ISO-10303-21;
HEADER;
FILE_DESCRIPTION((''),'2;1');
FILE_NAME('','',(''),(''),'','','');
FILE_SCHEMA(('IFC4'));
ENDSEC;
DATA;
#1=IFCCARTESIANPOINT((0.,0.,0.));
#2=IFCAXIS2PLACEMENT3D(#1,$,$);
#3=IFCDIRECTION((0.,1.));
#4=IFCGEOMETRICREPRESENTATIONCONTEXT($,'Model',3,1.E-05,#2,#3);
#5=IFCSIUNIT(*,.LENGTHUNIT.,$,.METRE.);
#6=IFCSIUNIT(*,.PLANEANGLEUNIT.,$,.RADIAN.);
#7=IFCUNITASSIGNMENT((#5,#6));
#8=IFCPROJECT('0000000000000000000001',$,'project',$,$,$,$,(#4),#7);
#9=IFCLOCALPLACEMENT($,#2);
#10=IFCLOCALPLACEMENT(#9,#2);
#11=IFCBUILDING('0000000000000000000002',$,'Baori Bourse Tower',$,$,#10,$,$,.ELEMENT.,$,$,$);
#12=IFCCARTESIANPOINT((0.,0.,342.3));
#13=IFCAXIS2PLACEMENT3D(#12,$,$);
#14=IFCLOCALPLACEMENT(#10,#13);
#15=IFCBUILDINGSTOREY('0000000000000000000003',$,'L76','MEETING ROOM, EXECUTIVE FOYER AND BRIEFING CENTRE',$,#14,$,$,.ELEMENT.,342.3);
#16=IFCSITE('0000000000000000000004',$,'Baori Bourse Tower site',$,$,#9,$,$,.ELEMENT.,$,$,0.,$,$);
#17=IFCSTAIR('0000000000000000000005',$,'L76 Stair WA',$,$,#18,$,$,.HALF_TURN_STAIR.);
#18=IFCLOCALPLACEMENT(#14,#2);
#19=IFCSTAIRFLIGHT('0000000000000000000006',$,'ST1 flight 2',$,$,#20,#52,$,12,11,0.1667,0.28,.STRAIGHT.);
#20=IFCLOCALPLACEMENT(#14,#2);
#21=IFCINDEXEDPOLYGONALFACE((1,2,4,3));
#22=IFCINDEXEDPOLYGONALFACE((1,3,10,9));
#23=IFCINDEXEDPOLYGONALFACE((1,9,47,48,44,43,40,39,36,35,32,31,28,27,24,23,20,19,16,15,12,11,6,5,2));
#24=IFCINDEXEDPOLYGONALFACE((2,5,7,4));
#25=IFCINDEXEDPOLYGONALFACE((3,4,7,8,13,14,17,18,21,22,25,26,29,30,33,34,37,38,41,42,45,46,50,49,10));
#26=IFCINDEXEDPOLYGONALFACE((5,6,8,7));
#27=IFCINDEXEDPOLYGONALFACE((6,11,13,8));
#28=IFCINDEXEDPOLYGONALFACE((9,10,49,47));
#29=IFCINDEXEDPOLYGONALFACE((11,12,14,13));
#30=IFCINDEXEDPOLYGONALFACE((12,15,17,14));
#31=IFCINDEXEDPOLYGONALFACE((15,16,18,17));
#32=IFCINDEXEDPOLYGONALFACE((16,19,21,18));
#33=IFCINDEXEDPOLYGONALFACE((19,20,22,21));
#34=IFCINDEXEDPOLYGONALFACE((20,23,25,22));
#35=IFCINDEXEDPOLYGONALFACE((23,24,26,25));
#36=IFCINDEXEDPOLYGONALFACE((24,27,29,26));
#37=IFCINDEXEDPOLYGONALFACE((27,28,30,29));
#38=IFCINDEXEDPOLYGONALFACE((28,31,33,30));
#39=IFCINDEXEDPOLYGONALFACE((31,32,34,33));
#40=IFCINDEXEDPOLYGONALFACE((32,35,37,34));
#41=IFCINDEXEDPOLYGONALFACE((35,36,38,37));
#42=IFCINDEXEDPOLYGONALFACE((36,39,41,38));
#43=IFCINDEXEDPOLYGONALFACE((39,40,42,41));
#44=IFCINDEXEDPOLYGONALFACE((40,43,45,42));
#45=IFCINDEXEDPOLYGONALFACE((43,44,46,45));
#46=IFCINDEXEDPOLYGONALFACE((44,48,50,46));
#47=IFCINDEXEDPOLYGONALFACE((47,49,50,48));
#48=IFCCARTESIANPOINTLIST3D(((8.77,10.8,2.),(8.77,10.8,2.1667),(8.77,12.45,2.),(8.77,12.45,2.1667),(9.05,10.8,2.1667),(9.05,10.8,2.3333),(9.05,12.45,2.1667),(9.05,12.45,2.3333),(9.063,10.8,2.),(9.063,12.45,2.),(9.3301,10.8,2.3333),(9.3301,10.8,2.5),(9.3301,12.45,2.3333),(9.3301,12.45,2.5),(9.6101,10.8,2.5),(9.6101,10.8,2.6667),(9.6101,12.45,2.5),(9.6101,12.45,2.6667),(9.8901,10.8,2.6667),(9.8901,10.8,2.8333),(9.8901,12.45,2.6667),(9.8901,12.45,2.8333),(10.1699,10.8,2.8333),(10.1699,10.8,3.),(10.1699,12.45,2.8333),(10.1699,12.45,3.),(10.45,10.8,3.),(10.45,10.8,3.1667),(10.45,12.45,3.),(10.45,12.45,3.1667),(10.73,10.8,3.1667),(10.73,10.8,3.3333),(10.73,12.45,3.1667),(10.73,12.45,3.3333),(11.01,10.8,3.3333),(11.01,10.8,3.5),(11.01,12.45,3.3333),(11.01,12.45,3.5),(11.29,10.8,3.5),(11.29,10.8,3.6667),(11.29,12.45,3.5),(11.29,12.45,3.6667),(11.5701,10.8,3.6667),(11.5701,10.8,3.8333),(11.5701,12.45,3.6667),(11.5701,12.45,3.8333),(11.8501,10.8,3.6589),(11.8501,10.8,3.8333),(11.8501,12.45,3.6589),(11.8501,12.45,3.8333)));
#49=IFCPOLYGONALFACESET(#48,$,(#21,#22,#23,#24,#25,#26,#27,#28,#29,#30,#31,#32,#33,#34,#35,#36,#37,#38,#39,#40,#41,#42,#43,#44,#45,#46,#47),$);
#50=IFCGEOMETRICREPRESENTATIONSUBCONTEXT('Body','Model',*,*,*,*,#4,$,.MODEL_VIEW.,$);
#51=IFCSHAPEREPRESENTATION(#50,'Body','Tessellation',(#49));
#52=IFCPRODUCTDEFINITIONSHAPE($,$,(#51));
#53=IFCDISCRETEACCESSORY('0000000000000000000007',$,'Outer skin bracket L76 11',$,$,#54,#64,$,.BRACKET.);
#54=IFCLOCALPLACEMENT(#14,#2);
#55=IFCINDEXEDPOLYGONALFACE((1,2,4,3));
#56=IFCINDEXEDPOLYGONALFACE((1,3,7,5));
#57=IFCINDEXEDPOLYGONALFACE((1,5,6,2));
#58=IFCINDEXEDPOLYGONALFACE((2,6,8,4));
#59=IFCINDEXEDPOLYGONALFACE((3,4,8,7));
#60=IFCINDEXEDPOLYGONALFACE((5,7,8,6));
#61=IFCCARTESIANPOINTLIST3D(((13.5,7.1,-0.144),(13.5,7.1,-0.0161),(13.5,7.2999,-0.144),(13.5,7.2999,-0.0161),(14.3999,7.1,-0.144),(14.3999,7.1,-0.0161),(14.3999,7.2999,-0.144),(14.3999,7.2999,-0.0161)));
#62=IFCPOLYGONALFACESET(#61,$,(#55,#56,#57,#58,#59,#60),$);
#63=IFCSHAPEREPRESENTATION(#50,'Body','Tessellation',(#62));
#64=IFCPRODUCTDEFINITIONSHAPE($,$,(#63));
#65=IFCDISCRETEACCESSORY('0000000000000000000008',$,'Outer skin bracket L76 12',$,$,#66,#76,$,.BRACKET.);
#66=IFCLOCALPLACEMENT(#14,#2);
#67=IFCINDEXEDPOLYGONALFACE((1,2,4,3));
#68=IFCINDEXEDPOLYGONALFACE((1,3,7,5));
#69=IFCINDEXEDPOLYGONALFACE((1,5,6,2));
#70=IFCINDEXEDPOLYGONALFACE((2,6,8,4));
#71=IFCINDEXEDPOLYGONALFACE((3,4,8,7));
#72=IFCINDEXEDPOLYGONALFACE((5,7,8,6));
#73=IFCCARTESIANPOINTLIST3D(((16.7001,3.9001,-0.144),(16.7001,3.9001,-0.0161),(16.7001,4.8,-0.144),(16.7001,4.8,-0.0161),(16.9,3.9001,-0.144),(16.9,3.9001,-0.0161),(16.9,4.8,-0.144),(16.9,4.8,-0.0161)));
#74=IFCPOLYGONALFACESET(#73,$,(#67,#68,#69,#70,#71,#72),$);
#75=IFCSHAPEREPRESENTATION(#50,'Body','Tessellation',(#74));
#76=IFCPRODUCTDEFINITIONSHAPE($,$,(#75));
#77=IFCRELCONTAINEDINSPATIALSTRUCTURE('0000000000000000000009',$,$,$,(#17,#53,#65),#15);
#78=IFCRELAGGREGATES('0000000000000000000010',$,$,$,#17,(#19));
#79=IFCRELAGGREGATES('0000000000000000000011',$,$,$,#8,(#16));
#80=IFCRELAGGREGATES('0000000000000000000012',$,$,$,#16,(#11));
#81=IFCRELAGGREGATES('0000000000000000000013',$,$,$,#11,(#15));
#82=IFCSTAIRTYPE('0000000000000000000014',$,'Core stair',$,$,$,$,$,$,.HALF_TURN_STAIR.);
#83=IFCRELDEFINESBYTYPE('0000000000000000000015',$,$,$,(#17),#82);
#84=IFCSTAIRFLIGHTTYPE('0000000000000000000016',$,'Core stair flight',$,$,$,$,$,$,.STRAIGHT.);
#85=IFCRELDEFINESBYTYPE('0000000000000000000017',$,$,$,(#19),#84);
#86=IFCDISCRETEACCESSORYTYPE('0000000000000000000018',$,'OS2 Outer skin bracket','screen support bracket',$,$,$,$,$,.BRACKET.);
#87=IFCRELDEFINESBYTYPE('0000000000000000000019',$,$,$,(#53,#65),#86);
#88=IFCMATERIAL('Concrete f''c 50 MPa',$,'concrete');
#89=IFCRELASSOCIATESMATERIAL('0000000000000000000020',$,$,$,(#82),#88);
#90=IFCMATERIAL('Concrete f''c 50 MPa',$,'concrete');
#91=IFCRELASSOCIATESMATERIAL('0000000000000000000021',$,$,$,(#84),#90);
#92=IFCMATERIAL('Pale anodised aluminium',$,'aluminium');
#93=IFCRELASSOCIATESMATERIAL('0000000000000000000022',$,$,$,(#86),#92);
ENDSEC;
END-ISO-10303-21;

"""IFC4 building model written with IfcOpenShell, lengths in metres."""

from ifc_helpers import new_model, si_unit, direction, frame, origin, origin_2d, place, context, subcontext, project, spatial, polyline, rectangle, outline, extrude, material, type_object, element, aggregate, save


model = new_model("IFC4")

# Units and contexts
model_context = context("Model", 3, precision=1e-05, world=origin(), true_north=direction((0.0, 1.0)))
body_context = subcontext(model_context, "Body", "Model", "MODEL_VIEW")
ifc_project = project(units=[si_unit("LENGTHUNIT", "METRE"), si_unit("PLANEANGLEUNIT", "RADIAN")], contexts=[model_context])

# Site, building, storey
site_placement = place(None, origin())
site = spatial("IfcSite", under=ifc_project, at=site_placement, Name="Baori Bourse Tower site", CompositionType="ELEMENT", RefElevation=0.0)
building_placement = place(site_placement, origin())
building = spatial("IfcBuilding", under=site, at=building_placement, Name="Baori Bourse Tower", CompositionType="ELEMENT")
storey_placement = place(building_placement, frame((0.0, 0.0, 342.3)))
storey = spatial("IfcBuildingStorey", under=building, at=storey_placement, Name="L76", Description="MEETING ROOM, EXECUTIVE FOYER AND BRIEFING CENTRE", CompositionType="ELEMENT", Elevation=342.3)

# Stair, stair flight
ifc_material_1 = material(Name="Concrete f'c 50 MPa", Category="concrete")
stair_type = type_object("IfcStairType", Name="Core stair", PredefinedType="HALF_TURN_STAIR", material=ifc_material_1)
stair_placement = place(storey_placement, origin())
stair = element("IfcStair", 1, at=stair_placement, inside=storey, type_object=stair_type, Name="L76 Stair WA", PredefinedType="HALF_TURN_STAIR")
ifc_material_2 = material(Name="Concrete f'c 50 MPa", Category="concrete")
stair_flight_type = type_object("IfcStairFlightType", Name="Core stair flight", PredefinedType="STRAIGHT", material=ifc_material_2)
stair_flight_placement = place(storey_placement, frame((8.77, 11.625, 2.0), z_axis=(0.0, 0.0, 1.0), x_axis=(1.0, 0.0, 0.0)))
stair_flight = element("IfcStairFlight", 2, at=stair_flight_placement, type_object=stair_flight_type, Name="ST1 flight 2", NumberOfRisers=12, NumberOfTreads=11, PredefinedType="STRAIGHT", RiserHeight=0.1667, TreadLength=0.28, context=body_context, shape_type="SweptSolid", body=[
    extrude(outline(polyline([(0.0, 0.0), (0.0, 0.1667), (0.28, 0.1667), (0.28, 0.3333), (0.5601, 0.3333), (0.5601, 0.5), (0.8401, 0.5), (0.8401, 0.6667), (1.1201, 0.6667), (1.1201, 0.8333), (1.3999, 0.8333), (1.3999, 1.0), (1.6799, 1.0), (1.6799, 1.1667), (1.96, 1.1667), (1.96, 1.3333), (2.24, 1.3333), (2.24, 1.5), (2.52, 1.5), (2.52, 1.6667), (2.8, 1.6667), (2.8, 1.8333), (3.0801, 1.8333), (3.0801, 2.0), (3.0801, 1.6589), (0.293, 0.0), (0.0, 0.0)])), frame((0.0, 0.825, 0.0), z_axis=(0.0, -1.0, 0.0), x_axis=(1.0, 0.0, 0.0)), (0.0, 0.0, 1.0), 1.6499),
])
aggregate(stair, [stair_flight])

# Discrete accessories
ifc_material_3 = material(Name="Pale anodised aluminium", Category="aluminium")
discrete_accessory_type = type_object("IfcDiscreteAccessoryType", Name="OS2 Outer skin bracket", Description="screen support bracket", PredefinedType="BRACKET", material=ifc_material_3)
for number, where, z_axis, x_axis, name in (
    (3, (13.95, 7.2, -0.144), (0.0, 0.0, 1.0), (0.0, -1.0, 0.0), "Outer skin bracket L76 11"),
    (4, (16.8, 4.3501, -0.144), (0.0, 0.0, 1.0), (1.0, 0.0, 0.0), "Outer skin bracket L76 12"),
):
    element("IfcDiscreteAccessory", number, at=place(storey_placement, frame(where, z_axis=z_axis, x_axis=x_axis)), inside=storey, type_object=discrete_accessory_type, Name=name, PredefinedType="BRACKET", context=body_context, shape_type="SweptSolid", body=[
        extrude(rectangle(XDim=0.2, YDim=0.8999, at=origin_2d()), origin(), (0.0, 0.0, 1.0), 0.1279),
    ])

save(model, "model.ifc")
